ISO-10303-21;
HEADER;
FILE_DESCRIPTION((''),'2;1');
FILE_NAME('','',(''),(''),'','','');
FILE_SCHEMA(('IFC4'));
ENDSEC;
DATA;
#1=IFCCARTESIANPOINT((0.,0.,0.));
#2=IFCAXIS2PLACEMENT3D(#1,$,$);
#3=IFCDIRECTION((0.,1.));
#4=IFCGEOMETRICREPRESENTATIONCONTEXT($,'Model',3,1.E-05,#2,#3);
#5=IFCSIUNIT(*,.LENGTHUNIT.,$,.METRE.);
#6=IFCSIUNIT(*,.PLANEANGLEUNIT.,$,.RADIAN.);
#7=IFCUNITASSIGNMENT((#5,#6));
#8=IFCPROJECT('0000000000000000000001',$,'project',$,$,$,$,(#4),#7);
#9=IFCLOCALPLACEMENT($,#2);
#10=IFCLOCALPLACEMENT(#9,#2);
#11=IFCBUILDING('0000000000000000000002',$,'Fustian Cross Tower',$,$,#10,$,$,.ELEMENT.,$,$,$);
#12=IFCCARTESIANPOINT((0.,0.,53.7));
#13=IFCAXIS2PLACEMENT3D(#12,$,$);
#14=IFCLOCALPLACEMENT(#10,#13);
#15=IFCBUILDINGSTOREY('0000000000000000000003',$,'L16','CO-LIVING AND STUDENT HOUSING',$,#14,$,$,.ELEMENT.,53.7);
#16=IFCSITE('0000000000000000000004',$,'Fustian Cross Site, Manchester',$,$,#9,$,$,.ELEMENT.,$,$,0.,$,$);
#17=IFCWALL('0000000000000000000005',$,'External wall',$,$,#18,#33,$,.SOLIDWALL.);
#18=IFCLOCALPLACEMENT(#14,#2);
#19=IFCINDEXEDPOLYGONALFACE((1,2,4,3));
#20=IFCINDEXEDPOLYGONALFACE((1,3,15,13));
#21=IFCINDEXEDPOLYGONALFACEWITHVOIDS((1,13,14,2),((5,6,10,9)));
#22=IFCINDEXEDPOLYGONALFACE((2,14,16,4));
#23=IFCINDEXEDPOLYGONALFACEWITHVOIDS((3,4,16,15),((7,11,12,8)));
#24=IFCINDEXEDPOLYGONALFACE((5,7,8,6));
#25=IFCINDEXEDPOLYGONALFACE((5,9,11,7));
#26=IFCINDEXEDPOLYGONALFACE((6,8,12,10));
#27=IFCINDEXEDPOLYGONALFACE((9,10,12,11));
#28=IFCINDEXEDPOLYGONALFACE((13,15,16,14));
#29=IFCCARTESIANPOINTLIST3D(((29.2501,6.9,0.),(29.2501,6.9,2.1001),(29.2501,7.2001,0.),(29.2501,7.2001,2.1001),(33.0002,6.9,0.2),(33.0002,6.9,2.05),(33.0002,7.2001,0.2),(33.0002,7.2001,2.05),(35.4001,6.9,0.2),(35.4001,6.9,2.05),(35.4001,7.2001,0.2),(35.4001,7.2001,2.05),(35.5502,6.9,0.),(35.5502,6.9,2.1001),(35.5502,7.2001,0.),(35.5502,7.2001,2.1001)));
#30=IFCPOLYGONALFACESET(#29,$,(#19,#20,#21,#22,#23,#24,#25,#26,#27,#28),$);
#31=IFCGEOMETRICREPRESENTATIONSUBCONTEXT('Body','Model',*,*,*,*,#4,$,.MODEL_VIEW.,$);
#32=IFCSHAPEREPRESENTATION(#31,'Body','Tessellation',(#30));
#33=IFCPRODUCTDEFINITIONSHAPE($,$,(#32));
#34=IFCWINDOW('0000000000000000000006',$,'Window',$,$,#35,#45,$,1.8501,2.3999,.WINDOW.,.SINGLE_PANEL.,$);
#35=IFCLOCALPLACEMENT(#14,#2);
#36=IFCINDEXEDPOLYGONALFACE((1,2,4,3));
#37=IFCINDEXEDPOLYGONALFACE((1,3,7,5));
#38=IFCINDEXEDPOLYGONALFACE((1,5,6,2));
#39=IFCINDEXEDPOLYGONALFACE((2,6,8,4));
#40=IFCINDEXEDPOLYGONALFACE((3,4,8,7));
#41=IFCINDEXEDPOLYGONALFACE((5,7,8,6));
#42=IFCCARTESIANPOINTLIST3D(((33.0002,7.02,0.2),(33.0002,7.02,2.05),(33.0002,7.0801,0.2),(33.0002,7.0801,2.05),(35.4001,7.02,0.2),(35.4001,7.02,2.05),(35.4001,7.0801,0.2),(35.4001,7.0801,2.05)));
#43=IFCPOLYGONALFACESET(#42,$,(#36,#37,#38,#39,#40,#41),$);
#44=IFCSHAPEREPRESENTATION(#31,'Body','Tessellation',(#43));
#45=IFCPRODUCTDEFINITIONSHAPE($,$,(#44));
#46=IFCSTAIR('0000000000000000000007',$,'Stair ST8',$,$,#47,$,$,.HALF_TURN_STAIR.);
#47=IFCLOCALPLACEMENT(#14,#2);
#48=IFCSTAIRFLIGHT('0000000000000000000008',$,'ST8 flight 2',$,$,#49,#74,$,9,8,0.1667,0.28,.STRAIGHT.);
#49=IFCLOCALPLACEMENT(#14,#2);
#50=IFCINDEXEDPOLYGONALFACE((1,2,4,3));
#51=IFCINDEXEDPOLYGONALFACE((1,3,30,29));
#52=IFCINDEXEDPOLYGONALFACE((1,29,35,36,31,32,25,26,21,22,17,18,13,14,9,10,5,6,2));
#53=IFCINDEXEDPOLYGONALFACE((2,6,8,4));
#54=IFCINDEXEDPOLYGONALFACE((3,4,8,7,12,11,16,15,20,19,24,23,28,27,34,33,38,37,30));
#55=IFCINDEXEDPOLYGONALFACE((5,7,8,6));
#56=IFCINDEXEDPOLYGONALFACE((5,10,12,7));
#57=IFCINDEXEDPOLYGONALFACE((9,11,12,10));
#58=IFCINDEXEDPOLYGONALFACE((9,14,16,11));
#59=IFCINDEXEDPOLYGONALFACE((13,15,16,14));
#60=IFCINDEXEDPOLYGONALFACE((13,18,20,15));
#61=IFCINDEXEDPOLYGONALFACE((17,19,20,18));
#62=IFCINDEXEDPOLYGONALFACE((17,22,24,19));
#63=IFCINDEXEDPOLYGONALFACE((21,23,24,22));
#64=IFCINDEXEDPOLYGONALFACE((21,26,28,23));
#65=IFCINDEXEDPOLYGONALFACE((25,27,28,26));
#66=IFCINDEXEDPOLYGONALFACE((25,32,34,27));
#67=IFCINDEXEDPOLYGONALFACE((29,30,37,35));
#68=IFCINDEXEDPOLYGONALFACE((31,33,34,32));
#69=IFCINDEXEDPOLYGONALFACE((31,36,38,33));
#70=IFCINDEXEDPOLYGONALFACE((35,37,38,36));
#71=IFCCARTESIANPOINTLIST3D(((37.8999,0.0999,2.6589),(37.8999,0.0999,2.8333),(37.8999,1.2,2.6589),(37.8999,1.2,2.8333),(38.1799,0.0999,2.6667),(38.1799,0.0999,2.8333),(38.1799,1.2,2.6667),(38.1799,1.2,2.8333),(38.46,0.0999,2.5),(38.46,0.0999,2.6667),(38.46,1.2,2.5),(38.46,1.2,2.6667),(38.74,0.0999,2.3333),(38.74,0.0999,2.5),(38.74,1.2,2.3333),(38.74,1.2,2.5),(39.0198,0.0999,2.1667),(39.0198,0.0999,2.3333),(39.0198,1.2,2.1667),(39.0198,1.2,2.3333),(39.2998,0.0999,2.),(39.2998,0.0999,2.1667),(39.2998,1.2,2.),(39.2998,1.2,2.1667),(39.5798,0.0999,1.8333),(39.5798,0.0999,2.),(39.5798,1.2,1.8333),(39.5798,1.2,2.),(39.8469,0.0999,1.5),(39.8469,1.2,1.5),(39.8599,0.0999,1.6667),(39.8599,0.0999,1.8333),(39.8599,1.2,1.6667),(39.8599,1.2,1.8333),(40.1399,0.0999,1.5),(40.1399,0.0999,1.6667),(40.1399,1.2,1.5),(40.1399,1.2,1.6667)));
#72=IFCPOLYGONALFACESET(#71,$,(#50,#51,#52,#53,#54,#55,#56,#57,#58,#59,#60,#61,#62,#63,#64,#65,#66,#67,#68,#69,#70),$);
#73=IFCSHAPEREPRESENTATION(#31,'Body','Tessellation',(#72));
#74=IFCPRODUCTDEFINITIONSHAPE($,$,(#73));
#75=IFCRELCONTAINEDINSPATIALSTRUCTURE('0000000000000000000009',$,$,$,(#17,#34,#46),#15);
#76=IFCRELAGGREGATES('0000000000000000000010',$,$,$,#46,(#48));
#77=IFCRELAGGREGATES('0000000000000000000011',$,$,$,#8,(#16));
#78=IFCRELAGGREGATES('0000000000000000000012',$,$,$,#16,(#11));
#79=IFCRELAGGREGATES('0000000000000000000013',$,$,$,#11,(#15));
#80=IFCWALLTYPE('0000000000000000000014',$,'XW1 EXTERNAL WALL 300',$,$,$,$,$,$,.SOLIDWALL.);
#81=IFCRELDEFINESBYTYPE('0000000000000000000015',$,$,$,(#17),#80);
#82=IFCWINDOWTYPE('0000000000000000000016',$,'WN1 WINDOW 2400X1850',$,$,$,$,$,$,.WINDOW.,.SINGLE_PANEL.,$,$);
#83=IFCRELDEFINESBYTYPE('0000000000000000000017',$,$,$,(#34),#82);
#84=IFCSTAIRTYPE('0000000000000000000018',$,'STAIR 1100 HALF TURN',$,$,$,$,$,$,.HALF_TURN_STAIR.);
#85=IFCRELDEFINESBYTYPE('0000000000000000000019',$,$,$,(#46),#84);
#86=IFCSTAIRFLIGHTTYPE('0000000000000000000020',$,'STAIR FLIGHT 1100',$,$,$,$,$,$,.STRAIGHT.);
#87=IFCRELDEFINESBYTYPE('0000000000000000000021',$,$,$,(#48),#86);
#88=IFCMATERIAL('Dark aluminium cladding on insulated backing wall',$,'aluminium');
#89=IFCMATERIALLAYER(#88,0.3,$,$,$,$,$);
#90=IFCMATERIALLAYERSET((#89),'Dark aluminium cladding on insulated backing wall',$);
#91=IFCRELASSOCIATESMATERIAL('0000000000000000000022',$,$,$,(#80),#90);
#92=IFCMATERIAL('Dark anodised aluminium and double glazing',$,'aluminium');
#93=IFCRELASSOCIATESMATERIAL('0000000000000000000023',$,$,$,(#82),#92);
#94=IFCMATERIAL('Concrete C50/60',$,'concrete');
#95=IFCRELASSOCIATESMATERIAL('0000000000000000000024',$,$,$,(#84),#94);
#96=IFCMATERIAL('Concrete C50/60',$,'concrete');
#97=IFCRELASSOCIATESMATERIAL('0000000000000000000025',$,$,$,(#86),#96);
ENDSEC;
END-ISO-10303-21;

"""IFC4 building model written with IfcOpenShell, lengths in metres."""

from ifc_helpers import new_model, si_unit, direction, frame, frame_2d, origin, place, context, subcontext, project, spatial, polyline, rectangle, outline, extrude, material, layer, layer_set, type_object, element, fill, aggregate, save


model = new_model("IFC4")

# Units and contexts
model_context = context("Model", 3, precision=1e-05, world=origin(), true_north=direction((0.0, 1.0)))
body_context = subcontext(model_context, "Body", "Model", "MODEL_VIEW")
ifc_project = project(units=[si_unit("LENGTHUNIT", "METRE"), si_unit("PLANEANGLEUNIT", "RADIAN")], contexts=[model_context])

# Site, building, storey
site_placement = place(None, origin())
site = spatial("IfcSite", under=ifc_project, at=site_placement, Name="Fustian Cross Site, Manchester", CompositionType="ELEMENT", RefElevation=0.0)
building_placement = place(site_placement, origin())
building = spatial("IfcBuilding", under=site, at=building_placement, Name="Fustian Cross Tower", CompositionType="ELEMENT")
storey_placement = place(building_placement, frame((0.0, 0.0, 53.7)))
storey = spatial("IfcBuildingStorey", under=building, at=storey_placement, Name="L16", Description="CO-LIVING AND STUDENT HOUSING", CompositionType="ELEMENT", Elevation=53.7)

# Shared definitions
ifc_material_1 = material(Name="Dark aluminium cladding on insulated backing wall", Category="aluminium")
ifc_layer_1 = layer(ifc_material_1, 0.3)
ifc_layer_set_1 = layer_set([ifc_layer_1], Name="Dark aluminium cladding on insulated backing wall")
wall_type_1 = type_object("IfcWallType", Name="XW1 EXTERNAL WALL 300", PredefinedType="SOLIDWALL", material=ifc_layer_set_1)

# Wall, opening, window
wall_1_placement = place(storey_placement, frame((35.55, 7.05, 0.0), z_axis=(0.0, 0.0, 1.0), x_axis=(-1.0, 0.0, 0.0)))
wall_1 = element("IfcWall", 1, at=wall_1_placement, inside=storey, type_object=wall_type_1, Name="External wall", PredefinedType="SOLIDWALL", context=body_context, shape_type="SweptSolid", body=[
    extrude(rectangle(XDim=6.3, YDim=0.3, at=frame_2d((3.1499, 0.0))), origin(), (0.0, 0.0, 1.0), 2.1001),
])
opening_1_placement = place(wall_1_placement, frame((0.1499, 0.0, 0.2)))
opening_1 = element("IfcOpeningElement", 2, at=opening_1_placement, cuts=wall_1, PredefinedType="OPENING", context=body_context, shape_type="SweptSolid", body=[
    extrude(rectangle(XDim=2.3999, YDim=1.8501, at=frame_2d((1.2, 0.925))), frame((0.0, 0.1599, 0.0), z_axis=(0.0, -1.0, 0.0), x_axis=(1.0, 0.0, 0.0)), (0.0, 0.0, 1.0), 0.3201),
])
ifc_material_2 = material(Name="Dark anodised aluminium and double glazing", Category="aluminium")
window_type_1 = type_object("IfcWindowType", Name="WN1 WINDOW 2400X1850", PartitioningType="SINGLE_PANEL", PredefinedType="WINDOW", material=ifc_material_2)
window_1_placement = place(opening_1_placement, origin())
window_1 = element("IfcWindow", 3, at=window_1_placement, inside=storey, type_object=window_type_1, Name="Window", OverallHeight=1.8501, OverallWidth=2.3999, PartitioningType="SINGLE_PANEL", PredefinedType="WINDOW", context=body_context, shape_type="SweptSolid", body=[
    extrude(rectangle(XDim=2.3999, YDim=1.8501, at=frame_2d((1.2, 0.925))), frame((0.0, 0.03, 0.0), z_axis=(0.0, -1.0, 0.0), x_axis=(1.0, 0.0, 0.0)), (0.0, 0.0, 1.0), 0.0601),
])
fill(opening_1, window_1)

# Stair, stair flight
ifc_material_3 = material(Name="Concrete C50/60", Category="concrete")
stair_type = type_object("IfcStairType", Name="STAIR 1100 HALF TURN", PredefinedType="HALF_TURN_STAIR", material=ifc_material_3)
stair_placement = place(storey_placement, origin())
stair = element("IfcStair", 4, at=stair_placement, inside=storey, type_object=stair_type, Name="Stair ST8", PredefinedType="HALF_TURN_STAIR")
ifc_material_4 = material(Name="Concrete C50/60", Category="concrete")
stair_flight_type = type_object("IfcStairFlightType", Name="STAIR FLIGHT 1100", PredefinedType="STRAIGHT", material=ifc_material_4)
stair_flight_placement = place(storey_placement, frame((40.1399, 0.6499, 1.5), z_axis=(0.0, 0.0, 1.0), x_axis=(-1.0, 0.0, 0.0)))
stair_flight = element("IfcStairFlight", 5, at=stair_flight_placement, type_object=stair_flight_type, Name="ST8 flight 2", NumberOfRisers=9, NumberOfTreads=8, PredefinedType="STRAIGHT", RiserHeight=0.1667, TreadLength=0.28, context=body_context, shape_type="SweptSolid", body=[
    extrude(outline(polyline([(0.0, 0.0), (0.0, 0.1667), (0.28, 0.1667), (0.28, 0.3333), (0.5601, 0.3333), (0.5601, 0.5), (0.8401, 0.5), (0.8401, 0.6667), (1.1201, 0.6667), (1.1201, 0.8333), (1.3999, 0.8333), (1.3999, 1.0), (1.6799, 1.0), (1.6799, 1.1667), (1.96, 1.1667), (1.96, 1.3333), (2.24, 1.3333), (2.24, 1.5), (2.24, 1.1589), (0.293, 0.0), (0.0, 0.0)])), frame((0.0, 0.55, 0.0), z_axis=(0.0, -1.0, 0.0), x_axis=(1.0, 0.0, 0.0)), (0.0, 0.0, 1.0), 1.1001),
])
aggregate(stair, [stair_flight])

save(model, "model.ifc")
